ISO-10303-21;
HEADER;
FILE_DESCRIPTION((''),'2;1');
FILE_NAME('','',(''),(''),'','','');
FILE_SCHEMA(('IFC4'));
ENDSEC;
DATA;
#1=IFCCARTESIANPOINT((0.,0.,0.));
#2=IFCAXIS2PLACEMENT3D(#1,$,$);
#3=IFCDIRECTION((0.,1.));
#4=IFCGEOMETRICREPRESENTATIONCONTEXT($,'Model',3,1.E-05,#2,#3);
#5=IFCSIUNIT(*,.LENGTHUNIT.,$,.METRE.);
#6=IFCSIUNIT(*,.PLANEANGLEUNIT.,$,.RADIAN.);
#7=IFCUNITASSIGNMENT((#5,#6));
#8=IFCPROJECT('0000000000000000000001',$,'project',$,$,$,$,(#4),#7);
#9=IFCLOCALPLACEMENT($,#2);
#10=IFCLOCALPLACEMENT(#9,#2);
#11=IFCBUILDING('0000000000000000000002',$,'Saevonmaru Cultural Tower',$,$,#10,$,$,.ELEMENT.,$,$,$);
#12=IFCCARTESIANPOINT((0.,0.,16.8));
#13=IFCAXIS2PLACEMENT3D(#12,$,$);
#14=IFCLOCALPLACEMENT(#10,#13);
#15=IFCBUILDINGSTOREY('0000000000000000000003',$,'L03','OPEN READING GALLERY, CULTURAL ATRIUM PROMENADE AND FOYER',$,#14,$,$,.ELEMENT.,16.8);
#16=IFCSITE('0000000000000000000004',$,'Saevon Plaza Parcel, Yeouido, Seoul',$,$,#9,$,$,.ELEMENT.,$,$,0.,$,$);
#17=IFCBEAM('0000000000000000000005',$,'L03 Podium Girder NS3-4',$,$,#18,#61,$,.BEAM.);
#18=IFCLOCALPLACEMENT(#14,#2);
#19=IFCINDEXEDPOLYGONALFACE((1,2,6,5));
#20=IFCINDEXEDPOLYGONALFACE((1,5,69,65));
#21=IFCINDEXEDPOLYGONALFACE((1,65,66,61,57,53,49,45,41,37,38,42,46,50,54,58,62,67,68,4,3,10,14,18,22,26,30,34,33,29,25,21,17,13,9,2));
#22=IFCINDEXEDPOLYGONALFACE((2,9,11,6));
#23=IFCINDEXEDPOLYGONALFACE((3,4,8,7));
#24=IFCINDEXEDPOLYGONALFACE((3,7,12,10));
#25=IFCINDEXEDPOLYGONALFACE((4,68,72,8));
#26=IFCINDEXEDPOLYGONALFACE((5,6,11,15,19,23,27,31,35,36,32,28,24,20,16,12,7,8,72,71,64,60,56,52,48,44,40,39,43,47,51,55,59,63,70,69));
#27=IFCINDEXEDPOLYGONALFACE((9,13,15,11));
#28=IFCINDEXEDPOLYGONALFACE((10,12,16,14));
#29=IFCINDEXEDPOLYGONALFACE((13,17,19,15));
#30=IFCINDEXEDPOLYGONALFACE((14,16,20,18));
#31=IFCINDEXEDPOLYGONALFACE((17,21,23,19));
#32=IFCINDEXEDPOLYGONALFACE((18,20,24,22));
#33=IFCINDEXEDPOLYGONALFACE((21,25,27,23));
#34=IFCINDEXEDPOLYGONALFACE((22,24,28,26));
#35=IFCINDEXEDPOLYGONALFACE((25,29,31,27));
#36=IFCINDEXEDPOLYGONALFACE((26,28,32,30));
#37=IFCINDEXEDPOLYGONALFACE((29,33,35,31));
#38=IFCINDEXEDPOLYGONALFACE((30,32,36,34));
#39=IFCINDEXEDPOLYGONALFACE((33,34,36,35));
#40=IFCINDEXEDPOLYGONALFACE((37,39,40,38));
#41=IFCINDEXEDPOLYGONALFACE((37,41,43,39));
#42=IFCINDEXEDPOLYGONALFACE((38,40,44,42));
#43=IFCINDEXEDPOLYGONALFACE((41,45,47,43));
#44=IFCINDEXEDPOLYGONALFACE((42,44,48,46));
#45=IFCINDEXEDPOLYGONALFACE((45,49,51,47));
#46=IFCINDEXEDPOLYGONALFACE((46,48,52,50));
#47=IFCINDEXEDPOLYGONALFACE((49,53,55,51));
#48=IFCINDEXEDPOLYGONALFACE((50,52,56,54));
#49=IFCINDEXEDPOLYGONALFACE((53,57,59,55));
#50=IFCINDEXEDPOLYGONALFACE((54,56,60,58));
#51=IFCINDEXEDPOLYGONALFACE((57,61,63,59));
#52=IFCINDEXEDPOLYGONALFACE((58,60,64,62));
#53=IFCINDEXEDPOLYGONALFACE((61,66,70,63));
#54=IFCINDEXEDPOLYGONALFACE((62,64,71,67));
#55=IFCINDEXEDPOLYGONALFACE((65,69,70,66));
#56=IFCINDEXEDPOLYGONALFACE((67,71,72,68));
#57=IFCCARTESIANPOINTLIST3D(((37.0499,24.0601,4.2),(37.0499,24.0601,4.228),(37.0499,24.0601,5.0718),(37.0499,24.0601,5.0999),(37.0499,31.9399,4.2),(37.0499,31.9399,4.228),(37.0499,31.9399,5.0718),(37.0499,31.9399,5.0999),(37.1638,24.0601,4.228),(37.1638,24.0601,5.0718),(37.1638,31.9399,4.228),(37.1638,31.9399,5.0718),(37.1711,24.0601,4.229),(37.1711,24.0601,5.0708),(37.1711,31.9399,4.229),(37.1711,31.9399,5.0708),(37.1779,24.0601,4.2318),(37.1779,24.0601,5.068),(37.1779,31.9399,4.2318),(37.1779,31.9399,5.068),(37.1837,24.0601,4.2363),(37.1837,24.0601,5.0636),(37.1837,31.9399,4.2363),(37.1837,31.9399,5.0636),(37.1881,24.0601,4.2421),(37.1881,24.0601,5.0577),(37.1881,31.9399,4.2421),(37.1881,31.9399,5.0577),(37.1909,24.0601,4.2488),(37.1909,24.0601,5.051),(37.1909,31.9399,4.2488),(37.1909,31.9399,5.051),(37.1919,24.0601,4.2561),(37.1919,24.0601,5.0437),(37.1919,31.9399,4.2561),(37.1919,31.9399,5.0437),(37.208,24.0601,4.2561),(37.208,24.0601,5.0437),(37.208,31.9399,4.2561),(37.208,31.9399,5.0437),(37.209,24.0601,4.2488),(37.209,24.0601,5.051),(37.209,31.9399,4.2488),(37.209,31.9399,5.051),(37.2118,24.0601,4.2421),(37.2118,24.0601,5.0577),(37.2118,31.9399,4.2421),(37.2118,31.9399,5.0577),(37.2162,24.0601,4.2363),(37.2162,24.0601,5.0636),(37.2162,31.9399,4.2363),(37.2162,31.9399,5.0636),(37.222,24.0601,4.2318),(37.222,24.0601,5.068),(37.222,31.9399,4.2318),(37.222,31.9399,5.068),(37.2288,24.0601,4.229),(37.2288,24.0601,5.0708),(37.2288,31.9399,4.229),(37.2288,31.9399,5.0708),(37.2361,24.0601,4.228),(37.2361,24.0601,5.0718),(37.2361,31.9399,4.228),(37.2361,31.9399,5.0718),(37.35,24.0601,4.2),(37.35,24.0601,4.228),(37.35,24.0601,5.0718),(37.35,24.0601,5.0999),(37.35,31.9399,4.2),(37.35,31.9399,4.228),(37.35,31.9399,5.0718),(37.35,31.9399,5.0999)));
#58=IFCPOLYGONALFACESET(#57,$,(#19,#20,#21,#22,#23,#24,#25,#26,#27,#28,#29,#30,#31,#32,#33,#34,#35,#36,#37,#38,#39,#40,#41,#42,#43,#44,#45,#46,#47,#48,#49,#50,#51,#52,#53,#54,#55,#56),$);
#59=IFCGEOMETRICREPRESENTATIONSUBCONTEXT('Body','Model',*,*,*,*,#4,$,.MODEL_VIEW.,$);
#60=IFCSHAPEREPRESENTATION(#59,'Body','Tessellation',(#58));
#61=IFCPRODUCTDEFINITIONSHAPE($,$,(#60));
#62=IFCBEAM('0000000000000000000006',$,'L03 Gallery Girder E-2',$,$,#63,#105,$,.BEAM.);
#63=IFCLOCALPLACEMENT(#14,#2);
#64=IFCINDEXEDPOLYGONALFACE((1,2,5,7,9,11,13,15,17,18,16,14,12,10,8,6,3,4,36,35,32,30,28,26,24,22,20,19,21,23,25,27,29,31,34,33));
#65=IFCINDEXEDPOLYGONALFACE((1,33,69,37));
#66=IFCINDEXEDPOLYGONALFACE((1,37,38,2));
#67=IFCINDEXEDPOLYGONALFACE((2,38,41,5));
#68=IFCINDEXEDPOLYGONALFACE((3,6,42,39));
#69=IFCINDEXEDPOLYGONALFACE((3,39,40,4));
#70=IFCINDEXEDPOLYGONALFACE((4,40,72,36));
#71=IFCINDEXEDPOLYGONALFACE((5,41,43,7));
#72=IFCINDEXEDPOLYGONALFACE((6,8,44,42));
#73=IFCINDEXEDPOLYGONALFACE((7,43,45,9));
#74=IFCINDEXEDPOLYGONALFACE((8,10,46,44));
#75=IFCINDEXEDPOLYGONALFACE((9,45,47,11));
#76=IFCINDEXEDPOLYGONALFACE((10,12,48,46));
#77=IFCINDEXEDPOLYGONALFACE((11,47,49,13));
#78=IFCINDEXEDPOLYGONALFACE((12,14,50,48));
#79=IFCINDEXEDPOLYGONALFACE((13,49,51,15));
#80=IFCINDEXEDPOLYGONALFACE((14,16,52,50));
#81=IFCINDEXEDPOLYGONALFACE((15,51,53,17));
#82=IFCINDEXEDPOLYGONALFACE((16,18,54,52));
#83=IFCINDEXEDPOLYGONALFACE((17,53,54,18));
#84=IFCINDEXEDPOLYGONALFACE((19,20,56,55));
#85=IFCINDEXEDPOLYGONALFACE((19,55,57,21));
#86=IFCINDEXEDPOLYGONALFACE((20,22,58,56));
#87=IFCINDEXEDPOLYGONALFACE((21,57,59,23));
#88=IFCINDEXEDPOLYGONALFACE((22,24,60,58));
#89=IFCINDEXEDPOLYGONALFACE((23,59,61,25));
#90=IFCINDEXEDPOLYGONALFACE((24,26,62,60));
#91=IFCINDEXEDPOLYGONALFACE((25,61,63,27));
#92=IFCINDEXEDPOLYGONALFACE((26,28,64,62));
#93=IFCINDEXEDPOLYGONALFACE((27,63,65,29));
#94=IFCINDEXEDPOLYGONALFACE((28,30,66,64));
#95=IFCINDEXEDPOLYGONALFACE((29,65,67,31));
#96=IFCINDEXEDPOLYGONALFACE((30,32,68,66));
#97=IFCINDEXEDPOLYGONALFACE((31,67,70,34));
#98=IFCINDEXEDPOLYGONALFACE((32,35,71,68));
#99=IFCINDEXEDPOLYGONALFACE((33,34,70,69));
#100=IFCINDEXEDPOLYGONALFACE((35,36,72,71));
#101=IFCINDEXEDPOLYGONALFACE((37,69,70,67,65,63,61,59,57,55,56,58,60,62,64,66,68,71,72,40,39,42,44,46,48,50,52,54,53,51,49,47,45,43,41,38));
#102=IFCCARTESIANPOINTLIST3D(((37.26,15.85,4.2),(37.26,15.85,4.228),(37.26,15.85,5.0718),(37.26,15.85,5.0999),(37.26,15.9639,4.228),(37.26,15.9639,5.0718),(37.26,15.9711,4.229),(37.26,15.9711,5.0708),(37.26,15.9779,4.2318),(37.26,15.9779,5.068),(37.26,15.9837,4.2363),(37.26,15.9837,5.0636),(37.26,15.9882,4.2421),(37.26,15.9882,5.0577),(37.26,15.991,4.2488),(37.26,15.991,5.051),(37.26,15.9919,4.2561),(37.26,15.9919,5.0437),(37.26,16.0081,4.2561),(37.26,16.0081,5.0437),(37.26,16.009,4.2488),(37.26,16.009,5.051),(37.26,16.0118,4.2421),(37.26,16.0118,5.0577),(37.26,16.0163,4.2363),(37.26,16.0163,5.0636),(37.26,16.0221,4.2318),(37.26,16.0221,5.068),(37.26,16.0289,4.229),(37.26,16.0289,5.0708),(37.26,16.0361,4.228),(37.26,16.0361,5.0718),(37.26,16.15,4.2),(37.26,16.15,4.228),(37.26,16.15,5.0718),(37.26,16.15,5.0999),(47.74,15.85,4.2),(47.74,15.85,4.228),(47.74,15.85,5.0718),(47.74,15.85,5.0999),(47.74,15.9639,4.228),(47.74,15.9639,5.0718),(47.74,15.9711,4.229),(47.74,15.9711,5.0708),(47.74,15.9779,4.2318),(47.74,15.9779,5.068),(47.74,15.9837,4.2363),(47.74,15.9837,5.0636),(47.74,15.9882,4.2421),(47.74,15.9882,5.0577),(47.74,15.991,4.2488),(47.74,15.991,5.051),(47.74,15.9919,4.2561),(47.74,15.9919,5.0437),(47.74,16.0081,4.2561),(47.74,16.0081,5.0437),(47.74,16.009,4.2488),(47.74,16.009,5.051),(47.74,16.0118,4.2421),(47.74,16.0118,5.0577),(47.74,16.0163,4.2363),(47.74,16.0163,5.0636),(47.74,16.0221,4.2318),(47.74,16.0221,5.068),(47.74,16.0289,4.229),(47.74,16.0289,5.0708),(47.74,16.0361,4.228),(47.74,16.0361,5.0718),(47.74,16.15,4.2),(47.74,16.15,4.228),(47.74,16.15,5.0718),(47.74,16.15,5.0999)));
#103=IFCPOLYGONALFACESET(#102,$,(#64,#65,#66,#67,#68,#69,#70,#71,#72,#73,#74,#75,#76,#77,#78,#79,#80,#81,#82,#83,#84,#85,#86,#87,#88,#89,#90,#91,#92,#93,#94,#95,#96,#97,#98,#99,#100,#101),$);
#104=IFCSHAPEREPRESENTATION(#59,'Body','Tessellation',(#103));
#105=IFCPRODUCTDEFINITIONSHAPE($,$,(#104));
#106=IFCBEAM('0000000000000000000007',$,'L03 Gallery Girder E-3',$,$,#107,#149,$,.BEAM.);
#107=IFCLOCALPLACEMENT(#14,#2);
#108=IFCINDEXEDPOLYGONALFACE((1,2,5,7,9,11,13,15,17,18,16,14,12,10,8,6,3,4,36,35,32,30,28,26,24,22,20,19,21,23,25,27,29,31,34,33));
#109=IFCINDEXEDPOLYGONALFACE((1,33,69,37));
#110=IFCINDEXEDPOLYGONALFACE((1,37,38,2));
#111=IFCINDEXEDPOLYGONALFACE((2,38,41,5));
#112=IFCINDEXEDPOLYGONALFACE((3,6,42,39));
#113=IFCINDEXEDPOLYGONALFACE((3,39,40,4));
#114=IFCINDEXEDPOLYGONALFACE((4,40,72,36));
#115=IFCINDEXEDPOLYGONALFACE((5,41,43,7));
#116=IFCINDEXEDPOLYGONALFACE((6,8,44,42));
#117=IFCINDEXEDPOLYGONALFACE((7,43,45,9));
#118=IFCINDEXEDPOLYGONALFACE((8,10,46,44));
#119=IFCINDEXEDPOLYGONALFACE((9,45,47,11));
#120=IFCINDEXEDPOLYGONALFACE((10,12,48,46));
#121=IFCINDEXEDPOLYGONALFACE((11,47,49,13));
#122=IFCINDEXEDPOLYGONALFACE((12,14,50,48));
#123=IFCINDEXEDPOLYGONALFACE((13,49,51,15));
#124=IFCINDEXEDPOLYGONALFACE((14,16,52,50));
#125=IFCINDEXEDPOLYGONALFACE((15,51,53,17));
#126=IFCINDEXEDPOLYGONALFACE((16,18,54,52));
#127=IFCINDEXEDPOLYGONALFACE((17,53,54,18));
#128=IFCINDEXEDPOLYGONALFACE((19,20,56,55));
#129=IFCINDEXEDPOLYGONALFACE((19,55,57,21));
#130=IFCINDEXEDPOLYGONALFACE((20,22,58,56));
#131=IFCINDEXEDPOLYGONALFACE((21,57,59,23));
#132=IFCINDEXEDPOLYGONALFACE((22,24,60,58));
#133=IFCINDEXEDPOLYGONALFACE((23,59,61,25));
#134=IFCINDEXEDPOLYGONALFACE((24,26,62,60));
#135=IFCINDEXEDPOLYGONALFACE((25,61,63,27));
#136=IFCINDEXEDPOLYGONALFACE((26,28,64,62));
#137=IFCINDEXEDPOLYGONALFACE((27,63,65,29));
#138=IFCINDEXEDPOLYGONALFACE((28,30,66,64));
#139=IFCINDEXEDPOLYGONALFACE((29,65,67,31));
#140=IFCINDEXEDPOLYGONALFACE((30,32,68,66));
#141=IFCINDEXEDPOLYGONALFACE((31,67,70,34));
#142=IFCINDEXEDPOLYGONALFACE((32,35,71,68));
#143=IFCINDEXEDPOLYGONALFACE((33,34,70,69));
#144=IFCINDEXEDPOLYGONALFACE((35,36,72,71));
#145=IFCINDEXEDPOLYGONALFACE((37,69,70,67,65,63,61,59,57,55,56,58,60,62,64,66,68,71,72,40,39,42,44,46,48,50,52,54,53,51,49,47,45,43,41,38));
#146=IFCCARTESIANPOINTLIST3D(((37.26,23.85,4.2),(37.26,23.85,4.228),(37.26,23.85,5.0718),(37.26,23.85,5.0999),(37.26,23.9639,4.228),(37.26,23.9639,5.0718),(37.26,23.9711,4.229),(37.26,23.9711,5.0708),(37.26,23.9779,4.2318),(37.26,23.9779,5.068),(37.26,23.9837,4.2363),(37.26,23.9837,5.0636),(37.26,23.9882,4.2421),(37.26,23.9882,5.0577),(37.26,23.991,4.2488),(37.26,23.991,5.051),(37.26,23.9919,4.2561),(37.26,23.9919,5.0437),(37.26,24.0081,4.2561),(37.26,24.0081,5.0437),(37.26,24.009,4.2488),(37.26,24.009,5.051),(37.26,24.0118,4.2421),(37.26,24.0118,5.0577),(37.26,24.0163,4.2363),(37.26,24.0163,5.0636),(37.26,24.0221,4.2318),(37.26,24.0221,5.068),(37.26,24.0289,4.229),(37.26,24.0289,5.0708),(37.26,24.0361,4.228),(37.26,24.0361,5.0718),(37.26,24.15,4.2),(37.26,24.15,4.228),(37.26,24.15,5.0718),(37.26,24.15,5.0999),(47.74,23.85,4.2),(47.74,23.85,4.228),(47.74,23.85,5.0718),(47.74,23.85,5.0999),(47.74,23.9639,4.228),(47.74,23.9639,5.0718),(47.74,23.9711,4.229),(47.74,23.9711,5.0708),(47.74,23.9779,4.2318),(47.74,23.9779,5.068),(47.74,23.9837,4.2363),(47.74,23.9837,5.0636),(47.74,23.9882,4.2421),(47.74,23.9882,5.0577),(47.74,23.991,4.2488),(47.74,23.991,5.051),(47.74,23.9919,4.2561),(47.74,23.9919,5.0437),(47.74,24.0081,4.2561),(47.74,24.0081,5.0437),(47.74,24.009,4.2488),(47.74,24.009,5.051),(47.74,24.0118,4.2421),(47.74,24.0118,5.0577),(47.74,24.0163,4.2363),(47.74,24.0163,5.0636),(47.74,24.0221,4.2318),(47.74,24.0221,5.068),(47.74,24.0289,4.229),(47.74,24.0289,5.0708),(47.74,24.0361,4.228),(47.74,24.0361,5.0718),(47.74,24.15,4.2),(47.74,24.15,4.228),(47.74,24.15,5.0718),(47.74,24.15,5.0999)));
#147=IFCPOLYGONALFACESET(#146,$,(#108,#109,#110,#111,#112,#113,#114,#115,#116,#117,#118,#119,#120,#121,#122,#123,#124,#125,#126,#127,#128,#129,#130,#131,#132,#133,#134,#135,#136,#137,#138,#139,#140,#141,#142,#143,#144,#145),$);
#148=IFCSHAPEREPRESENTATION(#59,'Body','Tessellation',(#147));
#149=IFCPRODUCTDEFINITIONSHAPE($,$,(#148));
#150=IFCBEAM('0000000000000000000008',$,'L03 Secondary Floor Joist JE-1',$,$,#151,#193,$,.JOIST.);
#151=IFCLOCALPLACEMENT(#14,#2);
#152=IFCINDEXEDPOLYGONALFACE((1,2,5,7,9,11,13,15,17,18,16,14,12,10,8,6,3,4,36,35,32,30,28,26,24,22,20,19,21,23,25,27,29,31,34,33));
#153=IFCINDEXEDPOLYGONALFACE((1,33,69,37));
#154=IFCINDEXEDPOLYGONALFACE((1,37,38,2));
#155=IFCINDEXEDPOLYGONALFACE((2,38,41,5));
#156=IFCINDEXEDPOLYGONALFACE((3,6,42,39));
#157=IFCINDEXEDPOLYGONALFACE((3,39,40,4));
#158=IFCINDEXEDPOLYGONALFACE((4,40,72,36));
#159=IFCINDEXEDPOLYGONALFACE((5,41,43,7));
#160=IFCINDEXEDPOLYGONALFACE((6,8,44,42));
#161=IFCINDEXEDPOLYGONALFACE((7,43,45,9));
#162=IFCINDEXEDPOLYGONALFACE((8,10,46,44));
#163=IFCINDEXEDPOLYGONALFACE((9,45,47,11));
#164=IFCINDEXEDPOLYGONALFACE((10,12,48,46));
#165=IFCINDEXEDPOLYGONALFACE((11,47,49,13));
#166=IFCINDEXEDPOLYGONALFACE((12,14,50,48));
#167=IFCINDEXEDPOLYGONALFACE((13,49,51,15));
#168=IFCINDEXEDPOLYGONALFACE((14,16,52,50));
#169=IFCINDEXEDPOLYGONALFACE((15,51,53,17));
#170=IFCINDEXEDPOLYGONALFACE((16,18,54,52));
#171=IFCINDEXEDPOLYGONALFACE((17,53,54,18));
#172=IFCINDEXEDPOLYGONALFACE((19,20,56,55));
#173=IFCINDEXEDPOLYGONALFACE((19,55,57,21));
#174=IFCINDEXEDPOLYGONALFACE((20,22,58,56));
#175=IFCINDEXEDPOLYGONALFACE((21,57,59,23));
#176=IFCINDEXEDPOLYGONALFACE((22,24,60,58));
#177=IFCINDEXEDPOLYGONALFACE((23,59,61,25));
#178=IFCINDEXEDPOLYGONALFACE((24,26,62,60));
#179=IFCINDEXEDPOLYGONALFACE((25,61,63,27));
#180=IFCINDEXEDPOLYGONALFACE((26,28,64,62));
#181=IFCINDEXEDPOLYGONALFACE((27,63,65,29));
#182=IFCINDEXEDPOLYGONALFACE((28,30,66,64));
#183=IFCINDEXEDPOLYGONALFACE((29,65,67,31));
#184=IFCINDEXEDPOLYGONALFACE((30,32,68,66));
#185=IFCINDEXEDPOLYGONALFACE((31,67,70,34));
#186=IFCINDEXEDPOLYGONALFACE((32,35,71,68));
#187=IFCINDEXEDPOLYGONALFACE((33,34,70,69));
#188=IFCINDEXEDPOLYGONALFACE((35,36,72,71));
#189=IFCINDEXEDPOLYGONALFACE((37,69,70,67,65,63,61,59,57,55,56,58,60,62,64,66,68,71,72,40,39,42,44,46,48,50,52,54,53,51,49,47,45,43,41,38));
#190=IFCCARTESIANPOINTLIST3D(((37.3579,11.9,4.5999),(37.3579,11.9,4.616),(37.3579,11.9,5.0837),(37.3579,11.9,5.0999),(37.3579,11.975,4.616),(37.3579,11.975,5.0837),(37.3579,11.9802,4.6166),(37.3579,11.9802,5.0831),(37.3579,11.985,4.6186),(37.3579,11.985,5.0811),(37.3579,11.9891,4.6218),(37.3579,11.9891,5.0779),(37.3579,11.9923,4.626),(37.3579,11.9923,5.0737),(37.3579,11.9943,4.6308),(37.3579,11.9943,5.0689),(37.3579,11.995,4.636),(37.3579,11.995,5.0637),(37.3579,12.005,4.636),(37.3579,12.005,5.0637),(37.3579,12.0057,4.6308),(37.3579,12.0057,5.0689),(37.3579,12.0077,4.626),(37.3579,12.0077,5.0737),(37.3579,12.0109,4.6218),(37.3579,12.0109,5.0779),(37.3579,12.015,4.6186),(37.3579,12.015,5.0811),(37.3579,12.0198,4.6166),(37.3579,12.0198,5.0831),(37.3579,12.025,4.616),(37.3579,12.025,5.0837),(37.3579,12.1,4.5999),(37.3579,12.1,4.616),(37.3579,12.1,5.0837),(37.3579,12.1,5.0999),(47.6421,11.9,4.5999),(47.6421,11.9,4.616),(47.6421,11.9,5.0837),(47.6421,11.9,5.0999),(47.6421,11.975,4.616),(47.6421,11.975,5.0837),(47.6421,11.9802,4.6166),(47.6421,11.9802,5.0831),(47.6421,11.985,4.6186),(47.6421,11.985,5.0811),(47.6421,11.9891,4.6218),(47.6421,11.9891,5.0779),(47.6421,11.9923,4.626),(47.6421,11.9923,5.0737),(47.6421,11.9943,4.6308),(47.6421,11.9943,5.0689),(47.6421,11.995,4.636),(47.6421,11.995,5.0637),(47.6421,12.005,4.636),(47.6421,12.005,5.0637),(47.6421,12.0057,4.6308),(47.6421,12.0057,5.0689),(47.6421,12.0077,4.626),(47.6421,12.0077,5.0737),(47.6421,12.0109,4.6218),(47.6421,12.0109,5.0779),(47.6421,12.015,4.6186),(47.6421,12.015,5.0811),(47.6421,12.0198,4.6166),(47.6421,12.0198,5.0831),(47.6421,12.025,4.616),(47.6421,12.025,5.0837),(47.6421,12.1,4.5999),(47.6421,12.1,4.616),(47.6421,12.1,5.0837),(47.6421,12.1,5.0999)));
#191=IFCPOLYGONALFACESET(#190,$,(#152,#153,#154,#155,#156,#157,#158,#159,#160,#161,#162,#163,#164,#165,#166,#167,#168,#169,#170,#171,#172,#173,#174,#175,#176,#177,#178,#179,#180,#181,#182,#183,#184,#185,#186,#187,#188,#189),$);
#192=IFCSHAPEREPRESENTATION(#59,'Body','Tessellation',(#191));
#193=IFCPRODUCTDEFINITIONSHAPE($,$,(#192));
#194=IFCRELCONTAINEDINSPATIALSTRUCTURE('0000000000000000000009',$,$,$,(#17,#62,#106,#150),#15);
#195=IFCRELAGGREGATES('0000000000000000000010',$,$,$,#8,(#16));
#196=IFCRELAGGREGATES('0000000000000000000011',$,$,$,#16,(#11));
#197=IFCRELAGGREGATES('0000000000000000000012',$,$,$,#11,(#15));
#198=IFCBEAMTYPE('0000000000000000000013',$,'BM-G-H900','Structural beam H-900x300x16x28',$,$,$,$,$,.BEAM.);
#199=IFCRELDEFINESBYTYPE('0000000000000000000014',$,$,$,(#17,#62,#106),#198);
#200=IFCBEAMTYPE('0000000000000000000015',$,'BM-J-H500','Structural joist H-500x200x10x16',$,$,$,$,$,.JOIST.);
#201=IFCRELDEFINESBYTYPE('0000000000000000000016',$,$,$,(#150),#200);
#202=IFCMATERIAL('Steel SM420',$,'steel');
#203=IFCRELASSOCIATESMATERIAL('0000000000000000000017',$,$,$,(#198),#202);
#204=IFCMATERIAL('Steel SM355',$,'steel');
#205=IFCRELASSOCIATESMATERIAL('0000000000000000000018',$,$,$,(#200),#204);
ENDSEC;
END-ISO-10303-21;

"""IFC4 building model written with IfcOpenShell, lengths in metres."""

from ifc_helpers import new_model, si_unit, direction, frame, origin, origin_2d, place, context, subcontext, project, spatial, i_section, extrude, material, material_profile, profile_set, type_object, element, save


model = new_model("IFC4")

# Units and contexts
model_context = context("Model", 3, precision=1e-05, world=origin(), true_north=direction((0.0, 1.0)))
body_context = subcontext(model_context, "Body", "Model", "MODEL_VIEW")
ifc_project = project(units=[si_unit("LENGTHUNIT", "METRE"), si_unit("PLANEANGLEUNIT", "RADIAN")], contexts=[model_context])

# Site, building, storey
site_placement = place(None, origin())
site = spatial("IfcSite", under=ifc_project, at=site_placement, Name="Saevon Plaza Parcel, Yeouido, Seoul", CompositionType="ELEMENT", RefElevation=0.0)
building_placement = place(site_placement, origin())
building = spatial("IfcBuilding", under=site, at=building_placement, Name="Saevonmaru Cultural Tower", CompositionType="ELEMENT")
storey_placement = place(building_placement, frame((0.0, 0.0, 16.8)))
storey = spatial("IfcBuildingStorey", under=building, at=storey_placement, Name="L03", Description="OPEN READING GALLERY, CULTURAL ATRIUM PROMENADE AND FOYER", CompositionType="ELEMENT", Elevation=16.8)

# Shared definitions
ifc_material_1 = material(Name="Steel SM420", Category="steel")

# Beams
ifc_material_profile_1 = material_profile(ifc_material_1, i_section(OverallWidth=0.3, OverallDepth=0.8999, WebThickness=0.0161, FlangeThickness=0.0281, FilletRadius=0.0281, at=origin_2d()), Name="H-900x300x16x28")
ifc_profile_set_1 = profile_set([ifc_material_profile_1], Name="Steel SM420")
beam_type_1 = type_object("IfcBeamType", Name="BM-G-H900", Description="Structural beam H-900x300x16x28", PredefinedType="BEAM", material=ifc_profile_set_1)
for number, where, z_axis, x_axis, name in (
    (1, (37.2, 24.0601, 4.6499), (0.0, 1.0, 0.0), (-1.0, 0.0, 0.0), "L03 Podium Girder NS3-4"),
):
    element("IfcBeam", number, at=place(storey_placement, frame(where, z_axis=z_axis, x_axis=x_axis)), inside=storey, type_object=beam_type_1, Name=name, PredefinedType="BEAM", context=body_context, shape_type="SweptSolid", body=[
        extrude(i_section(OverallWidth=0.3, OverallDepth=0.8999, WebThickness=0.0161, FlangeThickness=0.0281, FilletRadius=0.0281, at=origin_2d()), origin(), (0.0, 0.0, 1.0), 7.8799),
    ])
for number, where, z_axis, x_axis, name in (
    (2, (37.26, 16.0, 4.6499), (1.0, 0.0, 0.0), (0.0, 1.0, 0.0), "L03 Gallery Girder E-2"),
    (3, (37.26, 24.0, 4.6499), (1.0, 0.0, 0.0), (0.0, 1.0, 0.0), "L03 Gallery Girder E-3"),
):
    element("IfcBeam", number, at=place(storey_placement, frame(where, z_axis=z_axis, x_axis=x_axis)), inside=storey, type_object=beam_type_1, Name=name, PredefinedType="BEAM", context=body_context, shape_type="SweptSolid", body=[
        extrude(i_section(OverallWidth=0.3, OverallDepth=0.8999, WebThickness=0.0161, FlangeThickness=0.0281, FilletRadius=0.0281, at=origin_2d()), origin(), (0.0, 0.0, 1.0), 10.48),
    ])
ifc_material_2 = material(Name="Steel SM355", Category="steel")
ifc_material_profile_2 = material_profile(ifc_material_2, i_section(OverallWidth=0.2, OverallDepth=0.5, WebThickness=0.01, FlangeThickness=0.0161, FilletRadius=0.02, at=origin_2d()), Name="H-500x200x10x16")
ifc_profile_set_2 = profile_set([ifc_material_profile_2], Name="Steel SM355")
beam_type_2 = type_object("IfcBeamType", Name="BM-J-H500", Description="Structural joist H-500x200x10x16", PredefinedType="JOIST", material=ifc_profile_set_2)
for number, where, z_axis, x_axis, name in (
    (4, (37.3579, 12.0, 4.8499), (1.0, 0.0, 0.0), (0.0, 1.0, 0.0), "L03 Secondary Floor Joist JE-1"),
):
    element("IfcBeam", number, at=place(storey_placement, frame(where, z_axis=z_axis, x_axis=x_axis)), inside=storey, type_object=beam_type_2, Name=name, PredefinedType="JOIST", context=body_context, shape_type="SweptSolid", body=[
        extrude(i_section(OverallWidth=0.2, OverallDepth=0.5, WebThickness=0.01, FlangeThickness=0.0161, FilletRadius=0.02, at=origin_2d()), origin(), (0.0, 0.0, 1.0), 10.2842),
    ])

save(model, "model.ifc")
